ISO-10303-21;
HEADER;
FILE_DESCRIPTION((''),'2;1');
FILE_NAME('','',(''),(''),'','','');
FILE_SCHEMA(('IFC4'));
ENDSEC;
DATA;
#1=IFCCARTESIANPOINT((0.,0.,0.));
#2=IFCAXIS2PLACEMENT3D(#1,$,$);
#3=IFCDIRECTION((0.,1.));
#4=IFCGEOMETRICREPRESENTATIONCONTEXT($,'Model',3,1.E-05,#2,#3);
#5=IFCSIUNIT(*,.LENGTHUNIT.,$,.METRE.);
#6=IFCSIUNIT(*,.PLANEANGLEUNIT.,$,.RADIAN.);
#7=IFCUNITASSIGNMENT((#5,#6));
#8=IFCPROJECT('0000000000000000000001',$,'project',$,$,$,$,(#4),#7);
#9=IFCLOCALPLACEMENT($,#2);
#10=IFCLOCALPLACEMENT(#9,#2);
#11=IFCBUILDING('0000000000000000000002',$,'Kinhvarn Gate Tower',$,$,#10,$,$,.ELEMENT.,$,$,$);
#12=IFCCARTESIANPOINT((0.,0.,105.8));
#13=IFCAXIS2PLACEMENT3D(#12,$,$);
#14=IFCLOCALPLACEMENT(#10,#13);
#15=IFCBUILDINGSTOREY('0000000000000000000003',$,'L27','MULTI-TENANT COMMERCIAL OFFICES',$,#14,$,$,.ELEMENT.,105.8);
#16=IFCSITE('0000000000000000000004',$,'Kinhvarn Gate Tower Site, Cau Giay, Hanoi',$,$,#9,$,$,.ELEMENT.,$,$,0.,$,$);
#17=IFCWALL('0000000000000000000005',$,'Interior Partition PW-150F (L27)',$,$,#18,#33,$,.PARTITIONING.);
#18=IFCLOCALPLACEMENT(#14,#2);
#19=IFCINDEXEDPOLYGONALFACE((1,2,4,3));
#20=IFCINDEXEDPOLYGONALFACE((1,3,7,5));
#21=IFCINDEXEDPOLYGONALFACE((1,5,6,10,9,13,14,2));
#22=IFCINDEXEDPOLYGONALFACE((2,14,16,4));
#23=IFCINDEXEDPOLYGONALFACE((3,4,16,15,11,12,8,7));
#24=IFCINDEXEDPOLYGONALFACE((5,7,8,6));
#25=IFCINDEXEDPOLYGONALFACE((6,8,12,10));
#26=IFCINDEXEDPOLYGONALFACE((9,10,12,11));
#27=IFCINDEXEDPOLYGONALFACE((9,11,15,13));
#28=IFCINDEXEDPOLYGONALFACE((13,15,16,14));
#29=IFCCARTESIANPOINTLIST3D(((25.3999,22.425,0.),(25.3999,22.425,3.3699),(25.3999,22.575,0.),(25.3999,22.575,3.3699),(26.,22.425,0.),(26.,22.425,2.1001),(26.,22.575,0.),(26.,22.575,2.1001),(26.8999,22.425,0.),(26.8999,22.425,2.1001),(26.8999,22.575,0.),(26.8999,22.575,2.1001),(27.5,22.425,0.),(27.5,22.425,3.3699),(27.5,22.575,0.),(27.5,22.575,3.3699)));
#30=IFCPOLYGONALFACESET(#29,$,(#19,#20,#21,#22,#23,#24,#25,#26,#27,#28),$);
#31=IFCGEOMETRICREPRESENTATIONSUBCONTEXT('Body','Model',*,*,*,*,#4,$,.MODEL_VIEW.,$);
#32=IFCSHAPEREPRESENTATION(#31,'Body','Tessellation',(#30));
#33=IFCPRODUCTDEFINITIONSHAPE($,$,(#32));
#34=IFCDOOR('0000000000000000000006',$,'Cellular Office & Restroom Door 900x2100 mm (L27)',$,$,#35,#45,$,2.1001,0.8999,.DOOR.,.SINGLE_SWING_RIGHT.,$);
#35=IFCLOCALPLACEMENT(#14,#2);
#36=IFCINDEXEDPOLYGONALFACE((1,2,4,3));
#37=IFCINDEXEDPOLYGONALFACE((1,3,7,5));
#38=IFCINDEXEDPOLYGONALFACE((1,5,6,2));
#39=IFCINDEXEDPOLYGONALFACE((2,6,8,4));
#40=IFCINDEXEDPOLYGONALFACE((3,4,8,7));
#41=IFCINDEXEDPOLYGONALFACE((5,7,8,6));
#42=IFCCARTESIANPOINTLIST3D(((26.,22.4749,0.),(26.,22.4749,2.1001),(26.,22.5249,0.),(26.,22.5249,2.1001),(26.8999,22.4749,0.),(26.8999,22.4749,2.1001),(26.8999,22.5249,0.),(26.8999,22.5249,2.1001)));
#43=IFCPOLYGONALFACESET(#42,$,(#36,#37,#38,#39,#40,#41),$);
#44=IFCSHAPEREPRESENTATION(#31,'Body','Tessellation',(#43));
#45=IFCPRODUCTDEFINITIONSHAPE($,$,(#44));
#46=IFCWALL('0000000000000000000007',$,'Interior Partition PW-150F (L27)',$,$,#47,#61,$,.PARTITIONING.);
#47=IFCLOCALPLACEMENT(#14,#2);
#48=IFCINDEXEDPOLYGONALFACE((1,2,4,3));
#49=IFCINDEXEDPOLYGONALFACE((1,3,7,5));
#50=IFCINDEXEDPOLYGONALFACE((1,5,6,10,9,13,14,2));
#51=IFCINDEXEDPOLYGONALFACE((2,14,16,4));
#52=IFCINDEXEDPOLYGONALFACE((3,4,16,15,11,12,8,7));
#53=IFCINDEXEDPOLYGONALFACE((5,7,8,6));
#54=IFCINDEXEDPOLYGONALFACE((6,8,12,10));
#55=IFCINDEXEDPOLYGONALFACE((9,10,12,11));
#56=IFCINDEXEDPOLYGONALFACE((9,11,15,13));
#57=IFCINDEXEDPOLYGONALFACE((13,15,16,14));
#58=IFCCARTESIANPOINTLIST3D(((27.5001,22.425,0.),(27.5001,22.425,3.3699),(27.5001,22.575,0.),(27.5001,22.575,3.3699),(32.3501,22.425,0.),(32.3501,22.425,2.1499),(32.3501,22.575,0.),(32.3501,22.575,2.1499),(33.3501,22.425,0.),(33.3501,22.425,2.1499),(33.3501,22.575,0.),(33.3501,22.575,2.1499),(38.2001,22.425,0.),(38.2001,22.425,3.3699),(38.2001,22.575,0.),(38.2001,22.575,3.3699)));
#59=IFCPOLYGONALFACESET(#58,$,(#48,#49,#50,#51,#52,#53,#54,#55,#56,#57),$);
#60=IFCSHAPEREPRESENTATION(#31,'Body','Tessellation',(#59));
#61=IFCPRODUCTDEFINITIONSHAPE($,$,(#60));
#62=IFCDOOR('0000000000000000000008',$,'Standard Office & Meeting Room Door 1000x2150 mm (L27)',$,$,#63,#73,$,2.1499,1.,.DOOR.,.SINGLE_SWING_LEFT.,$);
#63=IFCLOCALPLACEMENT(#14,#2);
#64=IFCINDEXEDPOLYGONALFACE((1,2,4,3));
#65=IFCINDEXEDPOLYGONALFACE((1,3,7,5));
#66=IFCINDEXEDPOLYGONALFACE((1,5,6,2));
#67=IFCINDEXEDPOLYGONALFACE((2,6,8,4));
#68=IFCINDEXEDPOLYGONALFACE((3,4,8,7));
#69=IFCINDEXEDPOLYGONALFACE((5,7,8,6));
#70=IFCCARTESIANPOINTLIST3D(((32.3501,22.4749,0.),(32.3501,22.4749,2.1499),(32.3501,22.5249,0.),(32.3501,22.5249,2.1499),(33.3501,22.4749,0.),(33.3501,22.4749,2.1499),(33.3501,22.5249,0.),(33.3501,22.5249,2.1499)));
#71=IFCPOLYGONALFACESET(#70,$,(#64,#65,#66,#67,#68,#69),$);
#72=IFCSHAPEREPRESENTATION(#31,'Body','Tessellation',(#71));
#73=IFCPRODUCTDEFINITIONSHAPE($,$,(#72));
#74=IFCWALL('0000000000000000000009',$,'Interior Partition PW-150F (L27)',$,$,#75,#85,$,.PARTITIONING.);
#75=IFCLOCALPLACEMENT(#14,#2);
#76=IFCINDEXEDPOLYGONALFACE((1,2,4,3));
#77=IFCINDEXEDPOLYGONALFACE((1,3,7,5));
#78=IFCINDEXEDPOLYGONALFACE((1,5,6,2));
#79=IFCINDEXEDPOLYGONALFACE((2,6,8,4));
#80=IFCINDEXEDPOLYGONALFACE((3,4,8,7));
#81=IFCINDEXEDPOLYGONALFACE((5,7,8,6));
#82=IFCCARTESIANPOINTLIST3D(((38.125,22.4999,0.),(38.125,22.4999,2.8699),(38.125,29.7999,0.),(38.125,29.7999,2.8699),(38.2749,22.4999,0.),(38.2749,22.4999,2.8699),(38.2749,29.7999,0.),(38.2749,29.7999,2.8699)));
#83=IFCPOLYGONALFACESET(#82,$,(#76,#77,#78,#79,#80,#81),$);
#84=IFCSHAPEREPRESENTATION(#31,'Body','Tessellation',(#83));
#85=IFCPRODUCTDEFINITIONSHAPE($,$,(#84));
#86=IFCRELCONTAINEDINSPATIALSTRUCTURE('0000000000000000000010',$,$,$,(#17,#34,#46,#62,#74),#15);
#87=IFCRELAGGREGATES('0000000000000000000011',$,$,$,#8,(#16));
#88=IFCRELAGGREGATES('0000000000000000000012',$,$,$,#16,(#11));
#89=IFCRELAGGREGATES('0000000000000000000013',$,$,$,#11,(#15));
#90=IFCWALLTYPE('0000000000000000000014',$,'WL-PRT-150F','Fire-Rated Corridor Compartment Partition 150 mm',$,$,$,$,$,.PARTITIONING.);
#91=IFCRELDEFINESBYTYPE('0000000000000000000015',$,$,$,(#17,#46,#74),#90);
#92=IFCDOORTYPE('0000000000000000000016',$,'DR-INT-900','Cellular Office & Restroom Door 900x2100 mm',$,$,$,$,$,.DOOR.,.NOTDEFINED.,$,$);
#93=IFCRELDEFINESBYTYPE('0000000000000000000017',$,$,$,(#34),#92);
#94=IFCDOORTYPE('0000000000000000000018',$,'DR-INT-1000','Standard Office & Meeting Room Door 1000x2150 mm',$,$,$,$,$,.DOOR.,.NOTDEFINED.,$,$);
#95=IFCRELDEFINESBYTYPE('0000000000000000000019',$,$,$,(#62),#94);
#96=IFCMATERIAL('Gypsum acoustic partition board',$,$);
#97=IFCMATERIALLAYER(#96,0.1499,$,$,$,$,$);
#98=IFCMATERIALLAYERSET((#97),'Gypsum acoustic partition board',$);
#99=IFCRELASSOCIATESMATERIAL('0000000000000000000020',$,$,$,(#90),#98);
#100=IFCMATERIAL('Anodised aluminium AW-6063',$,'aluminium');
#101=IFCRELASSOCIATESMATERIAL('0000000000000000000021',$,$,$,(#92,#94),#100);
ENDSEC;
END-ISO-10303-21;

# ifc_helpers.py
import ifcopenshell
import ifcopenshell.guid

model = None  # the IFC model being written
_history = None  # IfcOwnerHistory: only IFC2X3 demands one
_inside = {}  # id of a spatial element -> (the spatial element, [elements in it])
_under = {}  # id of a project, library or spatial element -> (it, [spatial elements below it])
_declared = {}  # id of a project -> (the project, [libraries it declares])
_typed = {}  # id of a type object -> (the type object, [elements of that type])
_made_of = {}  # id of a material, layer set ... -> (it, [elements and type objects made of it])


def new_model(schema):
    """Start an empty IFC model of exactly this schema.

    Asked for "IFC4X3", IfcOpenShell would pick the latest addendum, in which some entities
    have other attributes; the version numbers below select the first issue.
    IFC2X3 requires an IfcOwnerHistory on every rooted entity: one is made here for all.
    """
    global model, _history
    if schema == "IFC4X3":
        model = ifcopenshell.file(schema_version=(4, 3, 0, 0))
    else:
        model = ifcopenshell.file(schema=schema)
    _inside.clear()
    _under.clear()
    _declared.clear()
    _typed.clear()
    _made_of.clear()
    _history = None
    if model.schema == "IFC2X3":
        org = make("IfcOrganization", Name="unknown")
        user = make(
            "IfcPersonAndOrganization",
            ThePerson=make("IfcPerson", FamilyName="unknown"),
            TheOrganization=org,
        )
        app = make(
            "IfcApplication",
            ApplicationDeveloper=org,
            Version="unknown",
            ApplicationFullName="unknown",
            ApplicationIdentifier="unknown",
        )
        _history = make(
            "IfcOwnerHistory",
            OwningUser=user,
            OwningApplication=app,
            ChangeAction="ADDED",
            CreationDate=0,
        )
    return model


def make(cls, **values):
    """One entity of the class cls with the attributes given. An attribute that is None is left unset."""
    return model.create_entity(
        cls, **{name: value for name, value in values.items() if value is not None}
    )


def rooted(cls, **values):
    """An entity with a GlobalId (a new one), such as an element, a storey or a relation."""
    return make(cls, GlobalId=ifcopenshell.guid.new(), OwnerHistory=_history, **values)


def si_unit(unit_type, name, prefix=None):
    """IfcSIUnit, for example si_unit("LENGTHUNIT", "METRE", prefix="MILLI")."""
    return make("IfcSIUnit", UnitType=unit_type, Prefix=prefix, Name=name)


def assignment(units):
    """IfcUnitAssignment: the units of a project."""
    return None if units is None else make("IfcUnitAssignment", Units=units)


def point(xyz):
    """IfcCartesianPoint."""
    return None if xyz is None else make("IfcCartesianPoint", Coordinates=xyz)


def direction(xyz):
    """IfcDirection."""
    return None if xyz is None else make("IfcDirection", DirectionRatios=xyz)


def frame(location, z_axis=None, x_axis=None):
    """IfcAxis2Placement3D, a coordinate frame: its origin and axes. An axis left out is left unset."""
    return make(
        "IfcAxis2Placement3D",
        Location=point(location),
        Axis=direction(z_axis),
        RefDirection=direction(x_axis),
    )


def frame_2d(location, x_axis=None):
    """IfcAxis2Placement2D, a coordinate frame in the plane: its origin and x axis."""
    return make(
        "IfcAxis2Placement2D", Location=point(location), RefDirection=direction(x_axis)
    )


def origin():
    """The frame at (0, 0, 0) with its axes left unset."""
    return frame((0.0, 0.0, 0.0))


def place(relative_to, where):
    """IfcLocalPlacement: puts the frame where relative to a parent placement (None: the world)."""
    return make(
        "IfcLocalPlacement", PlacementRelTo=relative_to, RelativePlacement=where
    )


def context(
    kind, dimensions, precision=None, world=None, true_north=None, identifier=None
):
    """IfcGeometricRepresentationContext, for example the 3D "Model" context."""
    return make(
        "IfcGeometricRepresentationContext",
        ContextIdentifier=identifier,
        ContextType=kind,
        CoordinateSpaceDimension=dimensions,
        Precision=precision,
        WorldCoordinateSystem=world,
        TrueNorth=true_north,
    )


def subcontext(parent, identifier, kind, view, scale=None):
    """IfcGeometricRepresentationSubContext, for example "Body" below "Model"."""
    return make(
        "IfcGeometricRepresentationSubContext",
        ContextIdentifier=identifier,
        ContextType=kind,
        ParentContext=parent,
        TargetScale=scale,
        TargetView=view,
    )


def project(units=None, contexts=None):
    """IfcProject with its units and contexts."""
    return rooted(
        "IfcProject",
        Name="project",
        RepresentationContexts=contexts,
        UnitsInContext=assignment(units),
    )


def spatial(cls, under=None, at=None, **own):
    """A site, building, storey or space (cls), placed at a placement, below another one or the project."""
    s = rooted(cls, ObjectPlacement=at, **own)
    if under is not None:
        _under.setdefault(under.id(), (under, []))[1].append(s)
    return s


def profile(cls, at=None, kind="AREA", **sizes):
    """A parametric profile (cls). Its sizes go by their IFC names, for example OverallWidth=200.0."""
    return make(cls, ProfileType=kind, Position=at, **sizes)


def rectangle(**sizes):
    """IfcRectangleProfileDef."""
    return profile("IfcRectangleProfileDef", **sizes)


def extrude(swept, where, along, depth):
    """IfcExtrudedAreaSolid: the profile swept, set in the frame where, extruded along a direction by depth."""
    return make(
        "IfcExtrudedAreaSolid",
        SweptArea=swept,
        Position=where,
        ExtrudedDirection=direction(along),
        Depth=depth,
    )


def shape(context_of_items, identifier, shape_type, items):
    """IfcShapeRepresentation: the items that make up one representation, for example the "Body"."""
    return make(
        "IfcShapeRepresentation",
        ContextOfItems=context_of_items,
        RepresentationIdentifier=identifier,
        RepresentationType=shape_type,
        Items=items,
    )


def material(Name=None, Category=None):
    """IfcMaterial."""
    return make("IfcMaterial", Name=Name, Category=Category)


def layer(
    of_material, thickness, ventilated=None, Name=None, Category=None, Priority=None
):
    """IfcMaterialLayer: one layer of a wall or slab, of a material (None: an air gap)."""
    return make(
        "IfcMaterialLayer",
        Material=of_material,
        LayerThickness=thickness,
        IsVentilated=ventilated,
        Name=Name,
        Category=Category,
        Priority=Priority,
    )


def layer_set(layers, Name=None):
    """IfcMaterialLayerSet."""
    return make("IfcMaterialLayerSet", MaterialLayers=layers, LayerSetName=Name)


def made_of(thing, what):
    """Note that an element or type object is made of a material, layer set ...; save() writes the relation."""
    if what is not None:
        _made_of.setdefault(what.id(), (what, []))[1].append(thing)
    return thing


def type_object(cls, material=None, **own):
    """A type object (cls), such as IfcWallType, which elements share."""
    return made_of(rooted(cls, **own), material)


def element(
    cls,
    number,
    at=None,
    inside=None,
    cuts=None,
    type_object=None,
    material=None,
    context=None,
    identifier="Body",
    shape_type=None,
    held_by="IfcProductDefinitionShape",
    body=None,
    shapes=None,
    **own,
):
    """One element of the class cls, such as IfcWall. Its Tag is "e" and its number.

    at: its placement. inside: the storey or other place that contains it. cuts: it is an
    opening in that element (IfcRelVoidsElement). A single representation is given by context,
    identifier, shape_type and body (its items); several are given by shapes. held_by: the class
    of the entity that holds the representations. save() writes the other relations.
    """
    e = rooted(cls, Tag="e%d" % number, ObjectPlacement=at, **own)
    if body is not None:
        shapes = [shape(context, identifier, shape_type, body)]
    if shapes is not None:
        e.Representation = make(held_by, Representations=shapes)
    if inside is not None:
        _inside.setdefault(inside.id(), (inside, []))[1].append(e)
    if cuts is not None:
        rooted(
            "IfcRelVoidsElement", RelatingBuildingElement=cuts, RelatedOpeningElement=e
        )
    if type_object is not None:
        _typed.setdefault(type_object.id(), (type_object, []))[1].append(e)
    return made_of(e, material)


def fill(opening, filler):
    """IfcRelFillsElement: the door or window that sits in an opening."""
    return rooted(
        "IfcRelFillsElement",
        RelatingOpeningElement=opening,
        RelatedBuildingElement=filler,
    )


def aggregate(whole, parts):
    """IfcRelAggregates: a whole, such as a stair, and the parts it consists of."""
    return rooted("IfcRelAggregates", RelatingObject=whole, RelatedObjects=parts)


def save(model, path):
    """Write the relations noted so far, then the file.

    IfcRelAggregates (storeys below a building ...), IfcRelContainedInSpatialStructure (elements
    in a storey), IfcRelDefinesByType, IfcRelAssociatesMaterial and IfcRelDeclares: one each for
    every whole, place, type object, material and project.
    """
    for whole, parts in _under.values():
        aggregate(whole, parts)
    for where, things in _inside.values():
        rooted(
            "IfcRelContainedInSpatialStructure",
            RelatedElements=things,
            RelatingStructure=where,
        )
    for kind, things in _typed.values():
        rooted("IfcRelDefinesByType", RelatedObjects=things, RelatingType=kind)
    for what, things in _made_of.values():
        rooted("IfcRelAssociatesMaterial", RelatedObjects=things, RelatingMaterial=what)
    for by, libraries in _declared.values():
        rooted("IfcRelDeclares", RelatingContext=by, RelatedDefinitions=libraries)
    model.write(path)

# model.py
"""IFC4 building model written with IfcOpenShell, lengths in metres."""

from ifc_helpers import new_model, si_unit, direction, frame, frame_2d, origin, place, context, subcontext, project, spatial, rectangle, extrude, material, layer, layer_set, type_object, element, fill, save


model = new_model("IFC4")

# Units and contexts
model_context = context("Model", 3, precision=1e-05, world=origin(), true_north=direction((0.0, 1.0)))
body_context = subcontext(model_context, "Body", "Model", "MODEL_VIEW")
ifc_project = project(units=[si_unit("LENGTHUNIT", "METRE"), si_unit("PLANEANGLEUNIT", "RADIAN")], contexts=[model_context])

# Site, building, storey
site_placement = place(None, origin())
site = spatial("IfcSite", under=ifc_project, at=site_placement, Name="Kinhvarn Gate Tower Site, Cau Giay, Hanoi", CompositionType="ELEMENT", RefElevation=0.0)
building_placement = place(site_placement, origin())
building = spatial("IfcBuilding", under=site, at=building_placement, Name="Kinhvarn Gate Tower", CompositionType="ELEMENT")
storey_placement = place(building_placement, frame((0.0, 0.0, 105.8)))
storey = spatial("IfcBuildingStorey", under=building, at=storey_placement, Name="L27", Description="MULTI-TENANT COMMERCIAL OFFICES", CompositionType="ELEMENT", Elevation=105.8)

# Shared definitions
ifc_material_1 = material(Name="Gypsum acoustic partition board")

# Walls, openings, doors
ifc_layer_1 = layer(ifc_material_1, 0.1499)
ifc_layer_set_1 = layer_set([ifc_layer_1], Name="Gypsum acoustic partition board")
wall_type_1 = type_object("IfcWallType", Name="WL-PRT-150F", Description="Fire-Rated Corridor Compartment Partition 150 mm", PredefinedType="PARTITIONING", material=ifc_layer_set_1)
wall_1_placement = place(storey_placement, frame((25.3999, 22.5, 0.0), z_axis=(0.0, 0.0, 1.0), x_axis=(1.0, 0.0, 0.0)))
wall_1 = element("IfcWall", 1, at=wall_1_placement, inside=storey, type_object=wall_type_1, Name="Interior Partition PW-150F (L27)", PredefinedType="PARTITIONING", context=body_context, shape_type="SweptSolid", body=[
    extrude(rectangle(XDim=2.1001, YDim=0.1499, at=frame_2d((1.05, 0.0))), origin(), (0.0, 0.0, 1.0), 3.3699),
])
opening_1_placement = place(wall_1_placement, frame((0.6001, 0.0, 0.0)))
opening_1 = element("IfcOpeningElement", 2, at=opening_1_placement, cuts=wall_1, PredefinedType="OPENING", context=body_context, shape_type="SweptSolid", body=[
    extrude(rectangle(XDim=0.8999, YDim=2.1001, at=frame_2d((0.45, 1.05))), frame((0.0, 0.085, 0.0), z_axis=(0.0, -1.0, 0.0), x_axis=(1.0, 0.0, 0.0)), (0.0, 0.0, 1.0), 0.1699),
])
ifc_material_2 = material(Name="Anodised aluminium AW-6063", Category="aluminium")
door_type_1 = type_object("IfcDoorType", Name="DR-INT-900", Description="Cellular Office & Restroom Door 900x2100 mm", OperationType="NOTDEFINED", PredefinedType="DOOR", material=ifc_material_2)
door_1_placement = place(opening_1_placement, origin())
door_1 = element("IfcDoor", 3, at=door_1_placement, inside=storey, type_object=door_type_1, Name="Cellular Office & Restroom Door 900x2100 mm (L27)", OperationType="SINGLE_SWING_RIGHT", OverallHeight=2.1001, OverallWidth=0.8999, PredefinedType="DOOR", context=body_context, shape_type="SweptSolid", body=[
    extrude(rectangle(XDim=0.8999, YDim=2.1001, at=frame_2d((0.45, 1.05))), frame((0.0, 0.0249, 0.0), z_axis=(0.0, -1.0, 0.0), x_axis=(1.0, 0.0, 0.0)), (0.0, 0.0, 1.0), 0.05),
])
fill(opening_1, door_1)
wall_2_placement = place(storey_placement, frame((27.5, 22.5, 0.0), z_axis=(0.0, 0.0, 1.0), x_axis=(1.0, 0.0, 0.0)))
wall_2 = element("IfcWall", 4, at=wall_2_placement, inside=storey, type_object=wall_type_1, Name="Interior Partition PW-150F (L27)", PredefinedType="PARTITIONING", context=body_context, shape_type="SweptSolid", body=[
    extrude(rectangle(XDim=10.7, YDim=0.1499, at=frame_2d((5.3501, 0.0))), origin(), (0.0, 0.0, 1.0), 3.3699),
])
opening_2_placement = place(wall_2_placement, frame((4.8501, 0.0, 0.0)))
opening_2 = element("IfcOpeningElement", 5, at=opening_2_placement, cuts=wall_2, PredefinedType="OPENING", context=body_context, shape_type="SweptSolid", body=[
    extrude(rectangle(XDim=1.0, YDim=2.1499, at=frame_2d((0.5, 1.075))), frame((0.0, 0.085, 0.0), z_axis=(0.0, -1.0, 0.0), x_axis=(1.0, 0.0, 0.0)), (0.0, 0.0, 1.0), 0.1699),
])
door_type_2 = type_object("IfcDoorType", Name="DR-INT-1000", Description="Standard Office & Meeting Room Door 1000x2150 mm", OperationType="NOTDEFINED", PredefinedType="DOOR", material=ifc_material_2)
door_2_placement = place(opening_2_placement, origin())
door_2 = element("IfcDoor", 6, at=door_2_placement, inside=storey, type_object=door_type_2, Name="Standard Office & Meeting Room Door 1000x2150 mm (L27)", OperationType="SINGLE_SWING_LEFT", OverallHeight=2.1499, OverallWidth=1.0, PredefinedType="DOOR", context=body_context, shape_type="SweptSolid", body=[
    extrude(rectangle(XDim=1.0, YDim=2.1499, at=frame_2d((0.5, 1.075))), frame((0.0, 0.0249, 0.0), z_axis=(0.0, -1.0, 0.0), x_axis=(1.0, 0.0, 0.0)), (0.0, 0.0, 1.0), 0.05),
])
fill(opening_2, door_2)

# Wall
wall_3_placement = place(storey_placement, frame((38.2, 22.5, 0.0), z_axis=(0.0, 0.0, 1.0), x_axis=(0.0, 1.0, 0.0)))
element("IfcWall", 7, at=wall_3_placement, inside=storey, type_object=wall_type_1, Name="Interior Partition PW-150F (L27)", PredefinedType="PARTITIONING", context=body_context, shape_type="SweptSolid", body=[
    extrude(rectangle(XDim=7.3, YDim=0.1499, at=frame_2d((3.6499, 0.0))), origin(), (0.0, 0.0, 1.0), 2.8699),
])

save(model, "model.ifc")
